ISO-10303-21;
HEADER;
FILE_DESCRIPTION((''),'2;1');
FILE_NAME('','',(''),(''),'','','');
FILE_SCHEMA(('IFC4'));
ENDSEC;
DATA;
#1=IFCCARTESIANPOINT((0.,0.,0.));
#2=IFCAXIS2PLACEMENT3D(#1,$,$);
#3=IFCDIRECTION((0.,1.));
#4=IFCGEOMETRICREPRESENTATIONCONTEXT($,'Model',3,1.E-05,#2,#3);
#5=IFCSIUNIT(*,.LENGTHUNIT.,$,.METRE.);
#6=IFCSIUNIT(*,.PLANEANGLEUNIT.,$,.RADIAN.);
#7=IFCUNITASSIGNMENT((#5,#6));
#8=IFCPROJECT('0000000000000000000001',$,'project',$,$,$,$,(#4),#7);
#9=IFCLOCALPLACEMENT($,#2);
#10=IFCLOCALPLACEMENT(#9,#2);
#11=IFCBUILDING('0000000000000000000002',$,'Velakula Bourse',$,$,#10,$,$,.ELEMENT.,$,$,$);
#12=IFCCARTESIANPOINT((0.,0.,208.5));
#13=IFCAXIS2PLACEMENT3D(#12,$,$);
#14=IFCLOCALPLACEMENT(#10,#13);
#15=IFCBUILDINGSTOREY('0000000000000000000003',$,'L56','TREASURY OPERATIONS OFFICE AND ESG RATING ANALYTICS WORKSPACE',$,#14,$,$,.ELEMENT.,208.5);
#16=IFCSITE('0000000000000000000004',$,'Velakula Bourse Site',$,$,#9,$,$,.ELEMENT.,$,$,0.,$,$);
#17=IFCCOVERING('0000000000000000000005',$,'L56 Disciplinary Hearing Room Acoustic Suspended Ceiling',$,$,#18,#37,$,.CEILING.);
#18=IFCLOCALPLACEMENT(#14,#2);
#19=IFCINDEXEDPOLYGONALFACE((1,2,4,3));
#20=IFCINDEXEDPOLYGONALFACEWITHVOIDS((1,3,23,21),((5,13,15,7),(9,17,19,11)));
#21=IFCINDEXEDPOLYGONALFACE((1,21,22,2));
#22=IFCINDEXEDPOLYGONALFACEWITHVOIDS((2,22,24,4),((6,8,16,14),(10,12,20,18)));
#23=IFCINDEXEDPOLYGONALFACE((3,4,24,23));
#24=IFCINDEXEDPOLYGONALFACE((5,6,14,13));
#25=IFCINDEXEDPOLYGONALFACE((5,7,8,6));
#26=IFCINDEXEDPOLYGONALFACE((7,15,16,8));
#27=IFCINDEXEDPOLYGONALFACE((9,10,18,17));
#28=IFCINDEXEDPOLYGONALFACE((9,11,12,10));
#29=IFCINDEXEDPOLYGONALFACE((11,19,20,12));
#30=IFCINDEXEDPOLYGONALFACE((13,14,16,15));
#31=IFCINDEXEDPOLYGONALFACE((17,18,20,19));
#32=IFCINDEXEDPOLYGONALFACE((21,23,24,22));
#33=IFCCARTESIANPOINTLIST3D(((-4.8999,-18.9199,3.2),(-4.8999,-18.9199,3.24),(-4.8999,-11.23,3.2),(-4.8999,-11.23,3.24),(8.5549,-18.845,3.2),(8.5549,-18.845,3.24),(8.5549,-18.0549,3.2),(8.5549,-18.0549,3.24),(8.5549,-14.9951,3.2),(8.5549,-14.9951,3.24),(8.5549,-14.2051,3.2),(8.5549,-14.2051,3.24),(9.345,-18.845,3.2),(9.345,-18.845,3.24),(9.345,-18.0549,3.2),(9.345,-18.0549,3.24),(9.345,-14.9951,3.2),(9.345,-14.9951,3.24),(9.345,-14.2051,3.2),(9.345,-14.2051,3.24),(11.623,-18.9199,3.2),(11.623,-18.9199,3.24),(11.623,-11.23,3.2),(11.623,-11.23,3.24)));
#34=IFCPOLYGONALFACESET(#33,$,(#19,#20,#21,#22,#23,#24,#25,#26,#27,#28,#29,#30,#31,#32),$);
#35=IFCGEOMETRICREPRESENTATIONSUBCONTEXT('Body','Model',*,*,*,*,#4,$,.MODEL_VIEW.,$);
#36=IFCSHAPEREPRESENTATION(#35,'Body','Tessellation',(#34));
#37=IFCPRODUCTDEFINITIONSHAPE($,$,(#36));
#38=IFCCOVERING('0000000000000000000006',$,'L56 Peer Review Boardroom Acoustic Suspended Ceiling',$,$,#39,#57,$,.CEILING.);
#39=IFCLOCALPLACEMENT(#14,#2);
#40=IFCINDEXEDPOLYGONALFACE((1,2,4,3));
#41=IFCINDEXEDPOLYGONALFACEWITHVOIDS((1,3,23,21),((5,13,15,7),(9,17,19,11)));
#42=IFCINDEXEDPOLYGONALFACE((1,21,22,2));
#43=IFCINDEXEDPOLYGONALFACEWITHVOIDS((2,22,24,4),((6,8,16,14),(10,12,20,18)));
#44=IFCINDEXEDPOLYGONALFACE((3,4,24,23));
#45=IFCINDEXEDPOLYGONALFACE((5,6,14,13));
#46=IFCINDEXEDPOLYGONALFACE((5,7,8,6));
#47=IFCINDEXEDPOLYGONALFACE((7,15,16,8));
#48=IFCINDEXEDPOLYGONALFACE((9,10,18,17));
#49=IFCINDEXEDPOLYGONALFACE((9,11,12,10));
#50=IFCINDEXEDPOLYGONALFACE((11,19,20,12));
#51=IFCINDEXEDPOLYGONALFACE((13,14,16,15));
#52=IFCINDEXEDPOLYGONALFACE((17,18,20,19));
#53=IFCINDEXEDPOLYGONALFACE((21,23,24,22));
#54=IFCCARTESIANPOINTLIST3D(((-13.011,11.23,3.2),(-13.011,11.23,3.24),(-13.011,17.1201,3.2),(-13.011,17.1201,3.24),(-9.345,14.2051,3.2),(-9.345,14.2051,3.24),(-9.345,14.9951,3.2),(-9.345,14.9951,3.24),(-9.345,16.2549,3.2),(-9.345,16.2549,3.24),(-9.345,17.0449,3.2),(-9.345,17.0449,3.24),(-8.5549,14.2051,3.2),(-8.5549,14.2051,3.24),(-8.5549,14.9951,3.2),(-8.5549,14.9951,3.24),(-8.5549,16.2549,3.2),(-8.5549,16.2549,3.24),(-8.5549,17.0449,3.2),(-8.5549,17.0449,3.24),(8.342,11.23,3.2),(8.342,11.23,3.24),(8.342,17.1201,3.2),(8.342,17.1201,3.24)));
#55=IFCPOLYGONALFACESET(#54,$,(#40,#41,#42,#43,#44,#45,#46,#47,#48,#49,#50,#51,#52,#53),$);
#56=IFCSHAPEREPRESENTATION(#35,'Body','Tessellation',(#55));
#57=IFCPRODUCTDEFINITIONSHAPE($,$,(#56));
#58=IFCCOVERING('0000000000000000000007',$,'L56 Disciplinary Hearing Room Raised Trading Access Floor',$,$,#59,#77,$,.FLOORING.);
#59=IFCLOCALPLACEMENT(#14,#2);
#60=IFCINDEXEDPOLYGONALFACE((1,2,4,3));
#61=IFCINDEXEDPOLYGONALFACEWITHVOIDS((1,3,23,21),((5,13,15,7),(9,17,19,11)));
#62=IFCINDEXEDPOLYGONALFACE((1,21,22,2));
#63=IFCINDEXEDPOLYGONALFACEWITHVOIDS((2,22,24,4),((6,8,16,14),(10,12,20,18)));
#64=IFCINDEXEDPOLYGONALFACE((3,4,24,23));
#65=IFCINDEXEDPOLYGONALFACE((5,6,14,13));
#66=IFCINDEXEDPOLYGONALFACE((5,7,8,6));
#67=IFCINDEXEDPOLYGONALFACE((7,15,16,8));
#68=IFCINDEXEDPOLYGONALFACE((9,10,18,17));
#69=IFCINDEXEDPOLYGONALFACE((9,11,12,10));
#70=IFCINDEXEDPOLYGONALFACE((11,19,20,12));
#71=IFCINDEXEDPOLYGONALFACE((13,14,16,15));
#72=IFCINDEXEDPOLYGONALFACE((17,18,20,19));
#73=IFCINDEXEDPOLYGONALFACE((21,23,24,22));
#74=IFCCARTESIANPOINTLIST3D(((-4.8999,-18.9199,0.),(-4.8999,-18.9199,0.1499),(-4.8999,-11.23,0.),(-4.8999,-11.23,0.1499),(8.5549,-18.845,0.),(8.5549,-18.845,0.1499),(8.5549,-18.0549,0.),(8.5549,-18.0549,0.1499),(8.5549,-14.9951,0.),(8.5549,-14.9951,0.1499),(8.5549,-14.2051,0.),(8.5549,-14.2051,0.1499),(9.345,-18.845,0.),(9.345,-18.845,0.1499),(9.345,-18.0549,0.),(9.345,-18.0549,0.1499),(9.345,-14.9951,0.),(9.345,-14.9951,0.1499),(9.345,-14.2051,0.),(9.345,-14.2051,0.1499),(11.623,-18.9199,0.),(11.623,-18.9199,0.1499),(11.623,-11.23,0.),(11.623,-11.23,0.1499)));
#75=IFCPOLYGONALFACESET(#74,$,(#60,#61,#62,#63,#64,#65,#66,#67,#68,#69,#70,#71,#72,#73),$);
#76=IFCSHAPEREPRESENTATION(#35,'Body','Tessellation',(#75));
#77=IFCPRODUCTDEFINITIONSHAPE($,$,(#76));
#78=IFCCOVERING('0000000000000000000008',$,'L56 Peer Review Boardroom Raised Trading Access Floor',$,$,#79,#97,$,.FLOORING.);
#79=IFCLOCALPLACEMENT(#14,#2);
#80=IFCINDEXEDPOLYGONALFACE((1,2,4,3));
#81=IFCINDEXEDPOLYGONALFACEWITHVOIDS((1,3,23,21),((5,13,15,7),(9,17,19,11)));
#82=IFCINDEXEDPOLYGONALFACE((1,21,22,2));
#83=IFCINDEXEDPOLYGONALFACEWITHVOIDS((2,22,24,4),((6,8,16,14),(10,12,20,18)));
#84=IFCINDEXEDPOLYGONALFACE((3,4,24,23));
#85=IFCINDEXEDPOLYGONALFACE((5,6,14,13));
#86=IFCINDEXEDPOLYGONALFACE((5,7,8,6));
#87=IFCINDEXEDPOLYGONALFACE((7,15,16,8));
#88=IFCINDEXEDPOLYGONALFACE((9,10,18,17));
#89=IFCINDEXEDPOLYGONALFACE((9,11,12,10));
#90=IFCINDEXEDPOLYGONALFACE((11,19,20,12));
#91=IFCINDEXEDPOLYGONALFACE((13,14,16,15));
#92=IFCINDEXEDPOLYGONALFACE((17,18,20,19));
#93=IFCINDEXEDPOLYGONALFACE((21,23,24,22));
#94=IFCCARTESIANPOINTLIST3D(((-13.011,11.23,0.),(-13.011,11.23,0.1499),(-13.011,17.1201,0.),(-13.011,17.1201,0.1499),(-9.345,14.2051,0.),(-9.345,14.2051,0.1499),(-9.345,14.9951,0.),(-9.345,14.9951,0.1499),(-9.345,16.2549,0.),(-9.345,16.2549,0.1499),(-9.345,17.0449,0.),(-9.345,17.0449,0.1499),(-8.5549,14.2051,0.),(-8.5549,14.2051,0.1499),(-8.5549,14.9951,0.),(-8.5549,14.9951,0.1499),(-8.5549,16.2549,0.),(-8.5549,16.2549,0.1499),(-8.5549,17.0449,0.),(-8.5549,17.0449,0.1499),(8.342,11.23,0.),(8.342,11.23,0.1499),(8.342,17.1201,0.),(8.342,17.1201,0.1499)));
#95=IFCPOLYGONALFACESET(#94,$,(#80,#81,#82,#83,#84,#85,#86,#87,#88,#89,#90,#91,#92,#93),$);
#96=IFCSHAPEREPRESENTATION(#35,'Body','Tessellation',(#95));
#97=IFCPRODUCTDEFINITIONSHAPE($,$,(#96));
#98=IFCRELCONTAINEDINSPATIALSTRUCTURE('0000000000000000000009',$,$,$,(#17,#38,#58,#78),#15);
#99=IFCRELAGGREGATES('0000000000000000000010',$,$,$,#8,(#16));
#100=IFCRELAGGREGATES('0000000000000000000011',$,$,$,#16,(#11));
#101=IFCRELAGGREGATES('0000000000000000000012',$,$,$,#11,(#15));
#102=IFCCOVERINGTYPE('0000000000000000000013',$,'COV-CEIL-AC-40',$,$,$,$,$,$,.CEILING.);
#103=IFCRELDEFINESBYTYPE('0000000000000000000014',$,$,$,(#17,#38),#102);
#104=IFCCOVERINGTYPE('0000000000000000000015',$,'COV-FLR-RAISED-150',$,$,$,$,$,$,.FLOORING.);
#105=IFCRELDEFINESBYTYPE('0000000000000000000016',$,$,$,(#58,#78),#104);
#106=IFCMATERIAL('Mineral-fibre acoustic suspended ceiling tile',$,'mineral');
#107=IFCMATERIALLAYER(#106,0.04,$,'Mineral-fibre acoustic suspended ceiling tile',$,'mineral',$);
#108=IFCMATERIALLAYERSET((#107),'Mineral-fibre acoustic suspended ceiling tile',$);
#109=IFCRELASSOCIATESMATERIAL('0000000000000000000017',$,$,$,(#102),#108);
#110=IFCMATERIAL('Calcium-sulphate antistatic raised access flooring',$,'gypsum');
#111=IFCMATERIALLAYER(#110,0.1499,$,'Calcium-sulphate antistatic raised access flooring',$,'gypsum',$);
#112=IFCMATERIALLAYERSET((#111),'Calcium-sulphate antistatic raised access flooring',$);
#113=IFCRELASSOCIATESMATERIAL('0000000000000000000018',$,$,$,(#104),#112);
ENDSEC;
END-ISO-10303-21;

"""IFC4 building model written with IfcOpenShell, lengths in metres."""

from ifc_helpers import new_model, si_unit, direction, frame, origin, place, context, subcontext, project, spatial, polyline, outline, extrude, material, layer, layer_set, type_object, element, save


model = new_model("IFC4")

# Units and contexts
model_context = context("Model", 3, precision=1e-05, world=origin(), true_north=direction((0.0, 1.0)))
body_context = subcontext(model_context, "Body", "Model", "MODEL_VIEW")
ifc_project = project(units=[si_unit("LENGTHUNIT", "METRE"), si_unit("PLANEANGLEUNIT", "RADIAN")], contexts=[model_context])

# Site, building, storey
site_placement = place(None, origin())
site = spatial("IfcSite", under=ifc_project, at=site_placement, Name="Velakula Bourse Site", CompositionType="ELEMENT", RefElevation=0.0)
building_placement = place(site_placement, origin())
building = spatial("IfcBuilding", under=site, at=building_placement, Name="Velakula Bourse", CompositionType="ELEMENT")
storey_placement = place(building_placement, frame((0.0, 0.0, 208.5)))
storey = spatial("IfcBuildingStorey", under=building, at=storey_placement, Name="L56", Description="TREASURY OPERATIONS OFFICE AND ESG RATING ANALYTICS WORKSPACE", CompositionType="ELEMENT", Elevation=208.5)

# Coverings
ifc_material_1 = material(Name="Mineral-fibre acoustic suspended ceiling tile", Category="mineral")
ifc_layer_1 = layer(ifc_material_1, 0.04, Name="Mineral-fibre acoustic suspended ceiling tile", Category="mineral")
ifc_layer_set_1 = layer_set([ifc_layer_1], Name="Mineral-fibre acoustic suspended ceiling tile")
covering_type_1 = type_object("IfcCoveringType", Name="COV-CEIL-AC-40", PredefinedType="CEILING", material=ifc_layer_set_1)
covering_1_placement = place(storey_placement, frame((0.0, 0.0, 3.2)))
element("IfcCovering", 1, at=covering_1_placement, inside=storey, type_object=covering_type_1, Name="L56 Disciplinary Hearing Room Acoustic Suspended Ceiling", PredefinedType="CEILING", context=body_context, shape_type="SweptSolid", body=[
    extrude(outline(polyline([(11.623, -11.23), (11.623, -18.9199), (-4.8999, -18.9199), (-4.8999, -11.23), (11.623, -11.23)]), holes=[polyline([(8.5549, -18.0549), (8.5549, -18.845), (9.345, -18.845), (9.345, -18.0549), (8.5549, -18.0549)]), polyline([(8.5549, -14.9951), (9.345, -14.9951), (9.345, -14.2051), (8.5549, -14.2051), (8.5549, -14.9951)])]), origin(), (0.0, 0.0, 1.0), 0.04),
])
covering_2_placement = place(storey_placement, frame((0.0, 0.0, 3.2)))
element("IfcCovering", 2, at=covering_2_placement, inside=storey, type_object=covering_type_1, Name="L56 Peer Review Boardroom Acoustic Suspended Ceiling", PredefinedType="CEILING", context=body_context, shape_type="SweptSolid", body=[
    extrude(outline(polyline([(8.342, 11.23), (-13.011, 11.23), (-13.011, 17.1201), (8.342, 17.1201), (8.342, 11.23)]), holes=[polyline([(-9.345, 14.2051), (-8.5549, 14.2051), (-8.5549, 14.9951), (-9.345, 14.9951), (-9.345, 14.2051)]), polyline([(-9.345, 16.2549), (-8.5549, 16.2549), (-8.5549, 17.0449), (-9.345, 17.0449), (-9.345, 16.2549)])]), origin(), (0.0, 0.0, 1.0), 0.04),
])
ifc_material_2 = material(Name="Calcium-sulphate antistatic raised access flooring", Category="gypsum")
ifc_layer_2 = layer(ifc_material_2, 0.1499, Name="Calcium-sulphate antistatic raised access flooring", Category="gypsum")
ifc_layer_set_2 = layer_set([ifc_layer_2], Name="Calcium-sulphate antistatic raised access flooring")
covering_type_2 = type_object("IfcCoveringType", Name="COV-FLR-RAISED-150", PredefinedType="FLOORING", material=ifc_layer_set_2)
covering_3_placement = place(storey_placement, origin())
element("IfcCovering", 3, at=covering_3_placement, inside=storey, type_object=covering_type_2, Name="L56 Disciplinary Hearing Room Raised Trading Access Floor", PredefinedType="FLOORING", context=body_context, shape_type="SweptSolid", body=[
    extrude(outline(polyline([(11.623, -11.23), (11.623, -18.9199), (-4.8999, -18.9199), (-4.8999, -11.23), (11.623, -11.23)]), holes=[polyline([(8.5549, -18.0549), (8.5549, -18.845), (9.345, -18.845), (9.345, -18.0549), (8.5549, -18.0549)]), polyline([(8.5549, -14.9951), (9.345, -14.9951), (9.345, -14.2051), (8.5549, -14.2051), (8.5549, -14.9951)])]), origin(), (0.0, 0.0, 1.0), 0.1499),
])
covering_4_placement = place(storey_placement, origin())
element("IfcCovering", 4, at=covering_4_placement, inside=storey, type_object=covering_type_2, Name="L56 Peer Review Boardroom Raised Trading Access Floor", PredefinedType="FLOORING", context=body_context, shape_type="SweptSolid", body=[
    extrude(outline(polyline([(8.342, 11.23), (-13.011, 11.23), (-13.011, 17.1201), (8.342, 17.1201), (8.342, 11.23)]), holes=[polyline([(-9.345, 14.2051), (-8.5549, 14.2051), (-8.5549, 14.9951), (-9.345, 14.9951), (-9.345, 14.2051)]), polyline([(-9.345, 16.2549), (-8.5549, 16.2549), (-8.5549, 17.0449), (-9.345, 17.0449), (-9.345, 16.2549)])]), origin(), (0.0, 0.0, 1.0), 0.1499),
])

save(model, "model.ifc")
